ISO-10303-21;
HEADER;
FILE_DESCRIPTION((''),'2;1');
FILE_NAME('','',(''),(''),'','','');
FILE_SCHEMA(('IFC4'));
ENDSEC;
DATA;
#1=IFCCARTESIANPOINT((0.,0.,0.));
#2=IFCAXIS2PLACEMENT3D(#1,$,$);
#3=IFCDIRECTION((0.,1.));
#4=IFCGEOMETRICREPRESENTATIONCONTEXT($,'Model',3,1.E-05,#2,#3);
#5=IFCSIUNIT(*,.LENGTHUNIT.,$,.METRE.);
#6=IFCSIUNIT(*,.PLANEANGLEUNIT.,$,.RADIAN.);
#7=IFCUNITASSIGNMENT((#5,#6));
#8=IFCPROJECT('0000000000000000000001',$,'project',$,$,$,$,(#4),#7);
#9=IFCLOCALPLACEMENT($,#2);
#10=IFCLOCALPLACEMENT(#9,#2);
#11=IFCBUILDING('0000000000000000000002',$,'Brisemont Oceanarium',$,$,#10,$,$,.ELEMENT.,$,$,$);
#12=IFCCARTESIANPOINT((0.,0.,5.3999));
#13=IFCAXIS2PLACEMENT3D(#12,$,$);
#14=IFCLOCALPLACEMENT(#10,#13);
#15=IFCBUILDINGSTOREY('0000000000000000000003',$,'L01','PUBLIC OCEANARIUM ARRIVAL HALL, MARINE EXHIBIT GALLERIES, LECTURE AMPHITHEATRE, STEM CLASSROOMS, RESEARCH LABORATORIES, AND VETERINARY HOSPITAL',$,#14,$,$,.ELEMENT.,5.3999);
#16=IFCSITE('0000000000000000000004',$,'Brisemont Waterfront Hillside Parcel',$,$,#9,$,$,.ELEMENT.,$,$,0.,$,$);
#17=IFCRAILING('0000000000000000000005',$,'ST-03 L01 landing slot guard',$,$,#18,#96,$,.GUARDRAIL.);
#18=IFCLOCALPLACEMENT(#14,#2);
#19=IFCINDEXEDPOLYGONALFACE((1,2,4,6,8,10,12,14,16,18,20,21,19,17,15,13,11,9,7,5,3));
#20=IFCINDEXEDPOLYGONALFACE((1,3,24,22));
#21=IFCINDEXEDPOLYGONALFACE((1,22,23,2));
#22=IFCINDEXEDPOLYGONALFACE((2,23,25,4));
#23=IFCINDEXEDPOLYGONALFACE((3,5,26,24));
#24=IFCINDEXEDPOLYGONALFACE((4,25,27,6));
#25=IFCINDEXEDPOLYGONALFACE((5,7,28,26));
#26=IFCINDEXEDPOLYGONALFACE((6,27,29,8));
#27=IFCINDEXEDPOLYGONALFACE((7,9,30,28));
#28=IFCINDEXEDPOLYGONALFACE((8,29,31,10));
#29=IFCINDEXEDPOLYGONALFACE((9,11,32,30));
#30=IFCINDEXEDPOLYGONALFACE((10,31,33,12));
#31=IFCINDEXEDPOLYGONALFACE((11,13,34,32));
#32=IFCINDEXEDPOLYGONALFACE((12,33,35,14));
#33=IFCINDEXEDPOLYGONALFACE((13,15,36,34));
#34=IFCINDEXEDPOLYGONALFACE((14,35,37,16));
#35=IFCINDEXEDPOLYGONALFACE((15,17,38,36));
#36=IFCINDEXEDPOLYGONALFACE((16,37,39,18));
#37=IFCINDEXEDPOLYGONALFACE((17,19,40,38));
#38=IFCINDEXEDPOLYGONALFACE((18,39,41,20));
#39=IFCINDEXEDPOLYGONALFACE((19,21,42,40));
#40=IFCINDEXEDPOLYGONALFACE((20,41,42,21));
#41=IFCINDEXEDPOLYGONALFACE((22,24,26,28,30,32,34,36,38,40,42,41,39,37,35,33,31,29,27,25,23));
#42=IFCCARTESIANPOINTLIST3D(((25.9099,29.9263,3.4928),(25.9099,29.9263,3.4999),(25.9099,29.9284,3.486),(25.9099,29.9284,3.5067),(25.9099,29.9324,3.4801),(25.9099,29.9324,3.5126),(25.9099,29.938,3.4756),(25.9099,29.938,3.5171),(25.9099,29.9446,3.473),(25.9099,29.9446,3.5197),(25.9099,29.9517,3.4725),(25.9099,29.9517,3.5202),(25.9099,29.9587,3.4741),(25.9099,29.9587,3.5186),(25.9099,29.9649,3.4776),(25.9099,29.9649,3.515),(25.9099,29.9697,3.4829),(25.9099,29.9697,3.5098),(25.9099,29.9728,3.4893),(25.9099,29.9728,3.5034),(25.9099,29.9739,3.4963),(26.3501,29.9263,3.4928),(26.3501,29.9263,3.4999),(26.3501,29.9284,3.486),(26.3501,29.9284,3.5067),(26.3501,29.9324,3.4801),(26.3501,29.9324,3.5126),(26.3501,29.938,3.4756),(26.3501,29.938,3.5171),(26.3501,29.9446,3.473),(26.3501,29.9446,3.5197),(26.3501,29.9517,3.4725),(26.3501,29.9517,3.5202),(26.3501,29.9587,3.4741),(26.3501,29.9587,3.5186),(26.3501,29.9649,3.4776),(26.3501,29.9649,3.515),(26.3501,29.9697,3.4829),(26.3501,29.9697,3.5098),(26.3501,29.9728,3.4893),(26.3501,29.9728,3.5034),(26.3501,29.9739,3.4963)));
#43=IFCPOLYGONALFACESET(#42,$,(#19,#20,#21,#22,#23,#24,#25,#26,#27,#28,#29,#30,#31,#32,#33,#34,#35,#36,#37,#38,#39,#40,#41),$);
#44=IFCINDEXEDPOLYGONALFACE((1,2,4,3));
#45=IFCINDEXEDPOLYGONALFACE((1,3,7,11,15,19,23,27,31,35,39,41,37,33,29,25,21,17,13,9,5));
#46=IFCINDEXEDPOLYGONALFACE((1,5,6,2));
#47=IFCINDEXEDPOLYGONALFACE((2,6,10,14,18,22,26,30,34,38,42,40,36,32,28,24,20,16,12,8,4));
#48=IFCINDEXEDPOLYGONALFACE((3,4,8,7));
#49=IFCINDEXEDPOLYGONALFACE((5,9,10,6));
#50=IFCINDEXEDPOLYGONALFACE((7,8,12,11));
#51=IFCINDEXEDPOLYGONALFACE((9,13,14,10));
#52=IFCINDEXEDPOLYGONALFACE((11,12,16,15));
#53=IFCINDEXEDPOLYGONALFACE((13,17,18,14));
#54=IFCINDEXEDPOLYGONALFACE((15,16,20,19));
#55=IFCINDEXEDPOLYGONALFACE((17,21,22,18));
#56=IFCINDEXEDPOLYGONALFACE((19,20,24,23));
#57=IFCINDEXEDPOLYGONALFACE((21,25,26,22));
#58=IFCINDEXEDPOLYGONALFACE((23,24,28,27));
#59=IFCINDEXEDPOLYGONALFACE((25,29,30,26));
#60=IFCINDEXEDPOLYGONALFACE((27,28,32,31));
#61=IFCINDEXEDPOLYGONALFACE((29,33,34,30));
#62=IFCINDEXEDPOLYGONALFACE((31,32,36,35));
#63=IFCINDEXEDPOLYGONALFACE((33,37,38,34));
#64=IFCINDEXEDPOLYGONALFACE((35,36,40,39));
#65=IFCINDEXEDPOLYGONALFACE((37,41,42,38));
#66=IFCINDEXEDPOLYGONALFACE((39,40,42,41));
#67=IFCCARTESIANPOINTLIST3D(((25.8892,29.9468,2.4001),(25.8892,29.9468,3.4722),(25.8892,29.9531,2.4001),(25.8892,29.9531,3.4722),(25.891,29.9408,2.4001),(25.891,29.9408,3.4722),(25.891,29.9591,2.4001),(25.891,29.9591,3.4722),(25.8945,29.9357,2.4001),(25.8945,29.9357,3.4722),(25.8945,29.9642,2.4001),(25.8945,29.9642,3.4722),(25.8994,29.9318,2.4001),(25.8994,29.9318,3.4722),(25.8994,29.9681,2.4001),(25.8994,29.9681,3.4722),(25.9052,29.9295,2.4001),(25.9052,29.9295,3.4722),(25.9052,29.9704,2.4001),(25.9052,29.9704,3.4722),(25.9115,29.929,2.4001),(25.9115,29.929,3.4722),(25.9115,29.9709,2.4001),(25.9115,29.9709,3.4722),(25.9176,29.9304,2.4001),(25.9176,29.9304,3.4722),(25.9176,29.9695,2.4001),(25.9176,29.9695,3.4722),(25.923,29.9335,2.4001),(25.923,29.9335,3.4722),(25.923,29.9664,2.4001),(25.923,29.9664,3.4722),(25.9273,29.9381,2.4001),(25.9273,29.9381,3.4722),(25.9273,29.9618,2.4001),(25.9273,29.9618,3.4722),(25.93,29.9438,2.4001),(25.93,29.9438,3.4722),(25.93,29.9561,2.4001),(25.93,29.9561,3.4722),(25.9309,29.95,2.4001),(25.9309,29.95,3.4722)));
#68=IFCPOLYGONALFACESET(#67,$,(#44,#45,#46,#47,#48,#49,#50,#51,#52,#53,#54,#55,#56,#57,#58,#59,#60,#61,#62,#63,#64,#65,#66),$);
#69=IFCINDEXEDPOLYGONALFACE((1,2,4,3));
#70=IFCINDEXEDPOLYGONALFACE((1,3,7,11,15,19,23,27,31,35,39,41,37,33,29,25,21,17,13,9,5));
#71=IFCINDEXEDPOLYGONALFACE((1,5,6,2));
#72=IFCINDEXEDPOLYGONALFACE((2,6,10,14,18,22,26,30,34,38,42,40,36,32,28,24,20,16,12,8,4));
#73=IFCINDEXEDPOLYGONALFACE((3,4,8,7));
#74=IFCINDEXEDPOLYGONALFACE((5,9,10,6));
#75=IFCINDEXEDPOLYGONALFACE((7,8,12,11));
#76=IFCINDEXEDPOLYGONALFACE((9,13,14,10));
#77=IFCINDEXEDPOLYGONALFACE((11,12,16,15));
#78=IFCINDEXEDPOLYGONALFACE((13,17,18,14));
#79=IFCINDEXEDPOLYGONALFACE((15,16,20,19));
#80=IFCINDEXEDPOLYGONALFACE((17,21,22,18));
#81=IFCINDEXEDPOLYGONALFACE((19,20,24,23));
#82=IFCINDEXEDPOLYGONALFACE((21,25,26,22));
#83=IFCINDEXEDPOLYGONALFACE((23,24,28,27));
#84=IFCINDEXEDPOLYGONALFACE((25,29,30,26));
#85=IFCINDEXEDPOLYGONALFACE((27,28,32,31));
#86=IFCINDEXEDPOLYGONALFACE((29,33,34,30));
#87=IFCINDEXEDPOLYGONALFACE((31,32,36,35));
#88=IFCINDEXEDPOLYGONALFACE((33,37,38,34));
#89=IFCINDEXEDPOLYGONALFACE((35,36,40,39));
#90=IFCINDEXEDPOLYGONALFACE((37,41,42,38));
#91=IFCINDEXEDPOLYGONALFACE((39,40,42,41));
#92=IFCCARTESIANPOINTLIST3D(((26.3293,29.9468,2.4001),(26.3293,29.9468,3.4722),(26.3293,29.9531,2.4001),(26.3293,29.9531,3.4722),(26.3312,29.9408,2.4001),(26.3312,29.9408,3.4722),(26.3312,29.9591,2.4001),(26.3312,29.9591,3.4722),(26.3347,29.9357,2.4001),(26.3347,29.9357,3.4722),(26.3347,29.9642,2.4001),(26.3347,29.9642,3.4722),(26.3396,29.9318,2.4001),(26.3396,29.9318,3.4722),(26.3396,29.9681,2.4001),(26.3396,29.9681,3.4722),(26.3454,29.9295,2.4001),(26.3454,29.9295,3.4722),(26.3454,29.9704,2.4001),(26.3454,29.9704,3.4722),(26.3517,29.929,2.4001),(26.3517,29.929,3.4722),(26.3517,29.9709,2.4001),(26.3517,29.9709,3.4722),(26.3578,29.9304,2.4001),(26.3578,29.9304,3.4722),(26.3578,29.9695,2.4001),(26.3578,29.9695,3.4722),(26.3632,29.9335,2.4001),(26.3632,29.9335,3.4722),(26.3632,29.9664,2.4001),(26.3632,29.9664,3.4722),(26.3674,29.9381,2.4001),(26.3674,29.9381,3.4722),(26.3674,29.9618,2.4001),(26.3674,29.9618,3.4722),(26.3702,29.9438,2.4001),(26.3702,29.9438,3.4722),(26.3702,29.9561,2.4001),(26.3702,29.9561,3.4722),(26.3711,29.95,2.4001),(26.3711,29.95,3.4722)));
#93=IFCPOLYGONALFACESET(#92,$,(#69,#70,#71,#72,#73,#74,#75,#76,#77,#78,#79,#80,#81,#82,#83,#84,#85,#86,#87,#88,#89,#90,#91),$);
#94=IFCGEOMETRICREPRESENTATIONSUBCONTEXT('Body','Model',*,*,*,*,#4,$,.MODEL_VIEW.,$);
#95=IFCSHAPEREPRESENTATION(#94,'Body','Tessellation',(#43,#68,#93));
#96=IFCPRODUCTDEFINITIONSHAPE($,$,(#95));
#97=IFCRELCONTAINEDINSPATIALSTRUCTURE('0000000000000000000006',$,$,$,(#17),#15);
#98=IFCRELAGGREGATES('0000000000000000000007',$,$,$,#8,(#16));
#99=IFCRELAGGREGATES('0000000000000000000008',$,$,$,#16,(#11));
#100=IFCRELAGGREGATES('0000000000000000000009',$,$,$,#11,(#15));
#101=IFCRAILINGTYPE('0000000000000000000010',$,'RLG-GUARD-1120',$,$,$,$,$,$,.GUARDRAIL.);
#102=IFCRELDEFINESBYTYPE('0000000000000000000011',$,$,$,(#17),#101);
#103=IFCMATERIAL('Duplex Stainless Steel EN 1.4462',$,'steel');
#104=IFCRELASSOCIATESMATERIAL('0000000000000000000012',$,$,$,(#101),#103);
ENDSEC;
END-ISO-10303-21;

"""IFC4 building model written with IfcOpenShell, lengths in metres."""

from ifc_helpers import new_model, si_unit, direction, frame, origin, origin_2d, place, context, subcontext, project, spatial, circle, extrude, material, type_object, element, save


model = new_model("IFC4")

# Units and contexts
model_context = context("Model", 3, precision=1e-05, world=origin(), true_north=direction((0.0, 1.0)))
body_context = subcontext(model_context, "Body", "Model", "MODEL_VIEW")
ifc_project = project(units=[si_unit("LENGTHUNIT", "METRE"), si_unit("PLANEANGLEUNIT", "RADIAN")], contexts=[model_context])

# Site, building, storey
site_placement = place(None, origin())
site = spatial("IfcSite", under=ifc_project, at=site_placement, Name="Brisemont Waterfront Hillside Parcel", CompositionType="ELEMENT", RefElevation=0.0)
building_placement = place(site_placement, origin())
building = spatial("IfcBuilding", under=site, at=building_placement, Name="Brisemont Oceanarium", CompositionType="ELEMENT")
storey_placement = place(building_placement, frame((0.0, 0.0, 5.3999)))
storey = spatial("IfcBuildingStorey", under=building, at=storey_placement, Name="L01", Description="PUBLIC OCEANARIUM ARRIVAL HALL, MARINE EXHIBIT GALLERIES, LECTURE AMPHITHEATRE, STEM CLASSROOMS, RESEARCH LABORATORIES, AND VETERINARY HOSPITAL", CompositionType="ELEMENT", Elevation=5.3999)

# Railing
ifc_material_1 = material(Name="Duplex Stainless Steel EN 1.4462", Category="steel")
railing_type_1 = type_object("IfcRailingType", Name="RLG-GUARD-1120", PredefinedType="GUARDRAIL", material=ifc_material_1)
railing_1_placement = place(storey_placement, frame((25.9099, 29.95, 2.4001)))
element("IfcRailing", 1, at=railing_1_placement, inside=storey, type_object=railing_type_1, Name="ST-03 L01 landing slot guard", PredefinedType="GUARDRAIL", context=body_context, shape_type="SweptSolid", body=[
    extrude(circle(Radius=0.0239, at=origin_2d()), frame((0.0, 0.0, 1.0962), z_axis=(1.0, 0.0, 0.0), x_axis=(0.0, 1.0, 0.0)), (0.0, 0.0, 1.0), 0.4402),
    extrude(circle(Radius=0.021, at=origin_2d()), origin(), (0.0, 0.0, 1.0), 1.072),
    extrude(circle(Radius=0.021, at=origin_2d()), frame((0.4402, 0.0, 0.0)), (0.0, 0.0, 1.0), 1.072),
])

save(model, "model.ifc")
